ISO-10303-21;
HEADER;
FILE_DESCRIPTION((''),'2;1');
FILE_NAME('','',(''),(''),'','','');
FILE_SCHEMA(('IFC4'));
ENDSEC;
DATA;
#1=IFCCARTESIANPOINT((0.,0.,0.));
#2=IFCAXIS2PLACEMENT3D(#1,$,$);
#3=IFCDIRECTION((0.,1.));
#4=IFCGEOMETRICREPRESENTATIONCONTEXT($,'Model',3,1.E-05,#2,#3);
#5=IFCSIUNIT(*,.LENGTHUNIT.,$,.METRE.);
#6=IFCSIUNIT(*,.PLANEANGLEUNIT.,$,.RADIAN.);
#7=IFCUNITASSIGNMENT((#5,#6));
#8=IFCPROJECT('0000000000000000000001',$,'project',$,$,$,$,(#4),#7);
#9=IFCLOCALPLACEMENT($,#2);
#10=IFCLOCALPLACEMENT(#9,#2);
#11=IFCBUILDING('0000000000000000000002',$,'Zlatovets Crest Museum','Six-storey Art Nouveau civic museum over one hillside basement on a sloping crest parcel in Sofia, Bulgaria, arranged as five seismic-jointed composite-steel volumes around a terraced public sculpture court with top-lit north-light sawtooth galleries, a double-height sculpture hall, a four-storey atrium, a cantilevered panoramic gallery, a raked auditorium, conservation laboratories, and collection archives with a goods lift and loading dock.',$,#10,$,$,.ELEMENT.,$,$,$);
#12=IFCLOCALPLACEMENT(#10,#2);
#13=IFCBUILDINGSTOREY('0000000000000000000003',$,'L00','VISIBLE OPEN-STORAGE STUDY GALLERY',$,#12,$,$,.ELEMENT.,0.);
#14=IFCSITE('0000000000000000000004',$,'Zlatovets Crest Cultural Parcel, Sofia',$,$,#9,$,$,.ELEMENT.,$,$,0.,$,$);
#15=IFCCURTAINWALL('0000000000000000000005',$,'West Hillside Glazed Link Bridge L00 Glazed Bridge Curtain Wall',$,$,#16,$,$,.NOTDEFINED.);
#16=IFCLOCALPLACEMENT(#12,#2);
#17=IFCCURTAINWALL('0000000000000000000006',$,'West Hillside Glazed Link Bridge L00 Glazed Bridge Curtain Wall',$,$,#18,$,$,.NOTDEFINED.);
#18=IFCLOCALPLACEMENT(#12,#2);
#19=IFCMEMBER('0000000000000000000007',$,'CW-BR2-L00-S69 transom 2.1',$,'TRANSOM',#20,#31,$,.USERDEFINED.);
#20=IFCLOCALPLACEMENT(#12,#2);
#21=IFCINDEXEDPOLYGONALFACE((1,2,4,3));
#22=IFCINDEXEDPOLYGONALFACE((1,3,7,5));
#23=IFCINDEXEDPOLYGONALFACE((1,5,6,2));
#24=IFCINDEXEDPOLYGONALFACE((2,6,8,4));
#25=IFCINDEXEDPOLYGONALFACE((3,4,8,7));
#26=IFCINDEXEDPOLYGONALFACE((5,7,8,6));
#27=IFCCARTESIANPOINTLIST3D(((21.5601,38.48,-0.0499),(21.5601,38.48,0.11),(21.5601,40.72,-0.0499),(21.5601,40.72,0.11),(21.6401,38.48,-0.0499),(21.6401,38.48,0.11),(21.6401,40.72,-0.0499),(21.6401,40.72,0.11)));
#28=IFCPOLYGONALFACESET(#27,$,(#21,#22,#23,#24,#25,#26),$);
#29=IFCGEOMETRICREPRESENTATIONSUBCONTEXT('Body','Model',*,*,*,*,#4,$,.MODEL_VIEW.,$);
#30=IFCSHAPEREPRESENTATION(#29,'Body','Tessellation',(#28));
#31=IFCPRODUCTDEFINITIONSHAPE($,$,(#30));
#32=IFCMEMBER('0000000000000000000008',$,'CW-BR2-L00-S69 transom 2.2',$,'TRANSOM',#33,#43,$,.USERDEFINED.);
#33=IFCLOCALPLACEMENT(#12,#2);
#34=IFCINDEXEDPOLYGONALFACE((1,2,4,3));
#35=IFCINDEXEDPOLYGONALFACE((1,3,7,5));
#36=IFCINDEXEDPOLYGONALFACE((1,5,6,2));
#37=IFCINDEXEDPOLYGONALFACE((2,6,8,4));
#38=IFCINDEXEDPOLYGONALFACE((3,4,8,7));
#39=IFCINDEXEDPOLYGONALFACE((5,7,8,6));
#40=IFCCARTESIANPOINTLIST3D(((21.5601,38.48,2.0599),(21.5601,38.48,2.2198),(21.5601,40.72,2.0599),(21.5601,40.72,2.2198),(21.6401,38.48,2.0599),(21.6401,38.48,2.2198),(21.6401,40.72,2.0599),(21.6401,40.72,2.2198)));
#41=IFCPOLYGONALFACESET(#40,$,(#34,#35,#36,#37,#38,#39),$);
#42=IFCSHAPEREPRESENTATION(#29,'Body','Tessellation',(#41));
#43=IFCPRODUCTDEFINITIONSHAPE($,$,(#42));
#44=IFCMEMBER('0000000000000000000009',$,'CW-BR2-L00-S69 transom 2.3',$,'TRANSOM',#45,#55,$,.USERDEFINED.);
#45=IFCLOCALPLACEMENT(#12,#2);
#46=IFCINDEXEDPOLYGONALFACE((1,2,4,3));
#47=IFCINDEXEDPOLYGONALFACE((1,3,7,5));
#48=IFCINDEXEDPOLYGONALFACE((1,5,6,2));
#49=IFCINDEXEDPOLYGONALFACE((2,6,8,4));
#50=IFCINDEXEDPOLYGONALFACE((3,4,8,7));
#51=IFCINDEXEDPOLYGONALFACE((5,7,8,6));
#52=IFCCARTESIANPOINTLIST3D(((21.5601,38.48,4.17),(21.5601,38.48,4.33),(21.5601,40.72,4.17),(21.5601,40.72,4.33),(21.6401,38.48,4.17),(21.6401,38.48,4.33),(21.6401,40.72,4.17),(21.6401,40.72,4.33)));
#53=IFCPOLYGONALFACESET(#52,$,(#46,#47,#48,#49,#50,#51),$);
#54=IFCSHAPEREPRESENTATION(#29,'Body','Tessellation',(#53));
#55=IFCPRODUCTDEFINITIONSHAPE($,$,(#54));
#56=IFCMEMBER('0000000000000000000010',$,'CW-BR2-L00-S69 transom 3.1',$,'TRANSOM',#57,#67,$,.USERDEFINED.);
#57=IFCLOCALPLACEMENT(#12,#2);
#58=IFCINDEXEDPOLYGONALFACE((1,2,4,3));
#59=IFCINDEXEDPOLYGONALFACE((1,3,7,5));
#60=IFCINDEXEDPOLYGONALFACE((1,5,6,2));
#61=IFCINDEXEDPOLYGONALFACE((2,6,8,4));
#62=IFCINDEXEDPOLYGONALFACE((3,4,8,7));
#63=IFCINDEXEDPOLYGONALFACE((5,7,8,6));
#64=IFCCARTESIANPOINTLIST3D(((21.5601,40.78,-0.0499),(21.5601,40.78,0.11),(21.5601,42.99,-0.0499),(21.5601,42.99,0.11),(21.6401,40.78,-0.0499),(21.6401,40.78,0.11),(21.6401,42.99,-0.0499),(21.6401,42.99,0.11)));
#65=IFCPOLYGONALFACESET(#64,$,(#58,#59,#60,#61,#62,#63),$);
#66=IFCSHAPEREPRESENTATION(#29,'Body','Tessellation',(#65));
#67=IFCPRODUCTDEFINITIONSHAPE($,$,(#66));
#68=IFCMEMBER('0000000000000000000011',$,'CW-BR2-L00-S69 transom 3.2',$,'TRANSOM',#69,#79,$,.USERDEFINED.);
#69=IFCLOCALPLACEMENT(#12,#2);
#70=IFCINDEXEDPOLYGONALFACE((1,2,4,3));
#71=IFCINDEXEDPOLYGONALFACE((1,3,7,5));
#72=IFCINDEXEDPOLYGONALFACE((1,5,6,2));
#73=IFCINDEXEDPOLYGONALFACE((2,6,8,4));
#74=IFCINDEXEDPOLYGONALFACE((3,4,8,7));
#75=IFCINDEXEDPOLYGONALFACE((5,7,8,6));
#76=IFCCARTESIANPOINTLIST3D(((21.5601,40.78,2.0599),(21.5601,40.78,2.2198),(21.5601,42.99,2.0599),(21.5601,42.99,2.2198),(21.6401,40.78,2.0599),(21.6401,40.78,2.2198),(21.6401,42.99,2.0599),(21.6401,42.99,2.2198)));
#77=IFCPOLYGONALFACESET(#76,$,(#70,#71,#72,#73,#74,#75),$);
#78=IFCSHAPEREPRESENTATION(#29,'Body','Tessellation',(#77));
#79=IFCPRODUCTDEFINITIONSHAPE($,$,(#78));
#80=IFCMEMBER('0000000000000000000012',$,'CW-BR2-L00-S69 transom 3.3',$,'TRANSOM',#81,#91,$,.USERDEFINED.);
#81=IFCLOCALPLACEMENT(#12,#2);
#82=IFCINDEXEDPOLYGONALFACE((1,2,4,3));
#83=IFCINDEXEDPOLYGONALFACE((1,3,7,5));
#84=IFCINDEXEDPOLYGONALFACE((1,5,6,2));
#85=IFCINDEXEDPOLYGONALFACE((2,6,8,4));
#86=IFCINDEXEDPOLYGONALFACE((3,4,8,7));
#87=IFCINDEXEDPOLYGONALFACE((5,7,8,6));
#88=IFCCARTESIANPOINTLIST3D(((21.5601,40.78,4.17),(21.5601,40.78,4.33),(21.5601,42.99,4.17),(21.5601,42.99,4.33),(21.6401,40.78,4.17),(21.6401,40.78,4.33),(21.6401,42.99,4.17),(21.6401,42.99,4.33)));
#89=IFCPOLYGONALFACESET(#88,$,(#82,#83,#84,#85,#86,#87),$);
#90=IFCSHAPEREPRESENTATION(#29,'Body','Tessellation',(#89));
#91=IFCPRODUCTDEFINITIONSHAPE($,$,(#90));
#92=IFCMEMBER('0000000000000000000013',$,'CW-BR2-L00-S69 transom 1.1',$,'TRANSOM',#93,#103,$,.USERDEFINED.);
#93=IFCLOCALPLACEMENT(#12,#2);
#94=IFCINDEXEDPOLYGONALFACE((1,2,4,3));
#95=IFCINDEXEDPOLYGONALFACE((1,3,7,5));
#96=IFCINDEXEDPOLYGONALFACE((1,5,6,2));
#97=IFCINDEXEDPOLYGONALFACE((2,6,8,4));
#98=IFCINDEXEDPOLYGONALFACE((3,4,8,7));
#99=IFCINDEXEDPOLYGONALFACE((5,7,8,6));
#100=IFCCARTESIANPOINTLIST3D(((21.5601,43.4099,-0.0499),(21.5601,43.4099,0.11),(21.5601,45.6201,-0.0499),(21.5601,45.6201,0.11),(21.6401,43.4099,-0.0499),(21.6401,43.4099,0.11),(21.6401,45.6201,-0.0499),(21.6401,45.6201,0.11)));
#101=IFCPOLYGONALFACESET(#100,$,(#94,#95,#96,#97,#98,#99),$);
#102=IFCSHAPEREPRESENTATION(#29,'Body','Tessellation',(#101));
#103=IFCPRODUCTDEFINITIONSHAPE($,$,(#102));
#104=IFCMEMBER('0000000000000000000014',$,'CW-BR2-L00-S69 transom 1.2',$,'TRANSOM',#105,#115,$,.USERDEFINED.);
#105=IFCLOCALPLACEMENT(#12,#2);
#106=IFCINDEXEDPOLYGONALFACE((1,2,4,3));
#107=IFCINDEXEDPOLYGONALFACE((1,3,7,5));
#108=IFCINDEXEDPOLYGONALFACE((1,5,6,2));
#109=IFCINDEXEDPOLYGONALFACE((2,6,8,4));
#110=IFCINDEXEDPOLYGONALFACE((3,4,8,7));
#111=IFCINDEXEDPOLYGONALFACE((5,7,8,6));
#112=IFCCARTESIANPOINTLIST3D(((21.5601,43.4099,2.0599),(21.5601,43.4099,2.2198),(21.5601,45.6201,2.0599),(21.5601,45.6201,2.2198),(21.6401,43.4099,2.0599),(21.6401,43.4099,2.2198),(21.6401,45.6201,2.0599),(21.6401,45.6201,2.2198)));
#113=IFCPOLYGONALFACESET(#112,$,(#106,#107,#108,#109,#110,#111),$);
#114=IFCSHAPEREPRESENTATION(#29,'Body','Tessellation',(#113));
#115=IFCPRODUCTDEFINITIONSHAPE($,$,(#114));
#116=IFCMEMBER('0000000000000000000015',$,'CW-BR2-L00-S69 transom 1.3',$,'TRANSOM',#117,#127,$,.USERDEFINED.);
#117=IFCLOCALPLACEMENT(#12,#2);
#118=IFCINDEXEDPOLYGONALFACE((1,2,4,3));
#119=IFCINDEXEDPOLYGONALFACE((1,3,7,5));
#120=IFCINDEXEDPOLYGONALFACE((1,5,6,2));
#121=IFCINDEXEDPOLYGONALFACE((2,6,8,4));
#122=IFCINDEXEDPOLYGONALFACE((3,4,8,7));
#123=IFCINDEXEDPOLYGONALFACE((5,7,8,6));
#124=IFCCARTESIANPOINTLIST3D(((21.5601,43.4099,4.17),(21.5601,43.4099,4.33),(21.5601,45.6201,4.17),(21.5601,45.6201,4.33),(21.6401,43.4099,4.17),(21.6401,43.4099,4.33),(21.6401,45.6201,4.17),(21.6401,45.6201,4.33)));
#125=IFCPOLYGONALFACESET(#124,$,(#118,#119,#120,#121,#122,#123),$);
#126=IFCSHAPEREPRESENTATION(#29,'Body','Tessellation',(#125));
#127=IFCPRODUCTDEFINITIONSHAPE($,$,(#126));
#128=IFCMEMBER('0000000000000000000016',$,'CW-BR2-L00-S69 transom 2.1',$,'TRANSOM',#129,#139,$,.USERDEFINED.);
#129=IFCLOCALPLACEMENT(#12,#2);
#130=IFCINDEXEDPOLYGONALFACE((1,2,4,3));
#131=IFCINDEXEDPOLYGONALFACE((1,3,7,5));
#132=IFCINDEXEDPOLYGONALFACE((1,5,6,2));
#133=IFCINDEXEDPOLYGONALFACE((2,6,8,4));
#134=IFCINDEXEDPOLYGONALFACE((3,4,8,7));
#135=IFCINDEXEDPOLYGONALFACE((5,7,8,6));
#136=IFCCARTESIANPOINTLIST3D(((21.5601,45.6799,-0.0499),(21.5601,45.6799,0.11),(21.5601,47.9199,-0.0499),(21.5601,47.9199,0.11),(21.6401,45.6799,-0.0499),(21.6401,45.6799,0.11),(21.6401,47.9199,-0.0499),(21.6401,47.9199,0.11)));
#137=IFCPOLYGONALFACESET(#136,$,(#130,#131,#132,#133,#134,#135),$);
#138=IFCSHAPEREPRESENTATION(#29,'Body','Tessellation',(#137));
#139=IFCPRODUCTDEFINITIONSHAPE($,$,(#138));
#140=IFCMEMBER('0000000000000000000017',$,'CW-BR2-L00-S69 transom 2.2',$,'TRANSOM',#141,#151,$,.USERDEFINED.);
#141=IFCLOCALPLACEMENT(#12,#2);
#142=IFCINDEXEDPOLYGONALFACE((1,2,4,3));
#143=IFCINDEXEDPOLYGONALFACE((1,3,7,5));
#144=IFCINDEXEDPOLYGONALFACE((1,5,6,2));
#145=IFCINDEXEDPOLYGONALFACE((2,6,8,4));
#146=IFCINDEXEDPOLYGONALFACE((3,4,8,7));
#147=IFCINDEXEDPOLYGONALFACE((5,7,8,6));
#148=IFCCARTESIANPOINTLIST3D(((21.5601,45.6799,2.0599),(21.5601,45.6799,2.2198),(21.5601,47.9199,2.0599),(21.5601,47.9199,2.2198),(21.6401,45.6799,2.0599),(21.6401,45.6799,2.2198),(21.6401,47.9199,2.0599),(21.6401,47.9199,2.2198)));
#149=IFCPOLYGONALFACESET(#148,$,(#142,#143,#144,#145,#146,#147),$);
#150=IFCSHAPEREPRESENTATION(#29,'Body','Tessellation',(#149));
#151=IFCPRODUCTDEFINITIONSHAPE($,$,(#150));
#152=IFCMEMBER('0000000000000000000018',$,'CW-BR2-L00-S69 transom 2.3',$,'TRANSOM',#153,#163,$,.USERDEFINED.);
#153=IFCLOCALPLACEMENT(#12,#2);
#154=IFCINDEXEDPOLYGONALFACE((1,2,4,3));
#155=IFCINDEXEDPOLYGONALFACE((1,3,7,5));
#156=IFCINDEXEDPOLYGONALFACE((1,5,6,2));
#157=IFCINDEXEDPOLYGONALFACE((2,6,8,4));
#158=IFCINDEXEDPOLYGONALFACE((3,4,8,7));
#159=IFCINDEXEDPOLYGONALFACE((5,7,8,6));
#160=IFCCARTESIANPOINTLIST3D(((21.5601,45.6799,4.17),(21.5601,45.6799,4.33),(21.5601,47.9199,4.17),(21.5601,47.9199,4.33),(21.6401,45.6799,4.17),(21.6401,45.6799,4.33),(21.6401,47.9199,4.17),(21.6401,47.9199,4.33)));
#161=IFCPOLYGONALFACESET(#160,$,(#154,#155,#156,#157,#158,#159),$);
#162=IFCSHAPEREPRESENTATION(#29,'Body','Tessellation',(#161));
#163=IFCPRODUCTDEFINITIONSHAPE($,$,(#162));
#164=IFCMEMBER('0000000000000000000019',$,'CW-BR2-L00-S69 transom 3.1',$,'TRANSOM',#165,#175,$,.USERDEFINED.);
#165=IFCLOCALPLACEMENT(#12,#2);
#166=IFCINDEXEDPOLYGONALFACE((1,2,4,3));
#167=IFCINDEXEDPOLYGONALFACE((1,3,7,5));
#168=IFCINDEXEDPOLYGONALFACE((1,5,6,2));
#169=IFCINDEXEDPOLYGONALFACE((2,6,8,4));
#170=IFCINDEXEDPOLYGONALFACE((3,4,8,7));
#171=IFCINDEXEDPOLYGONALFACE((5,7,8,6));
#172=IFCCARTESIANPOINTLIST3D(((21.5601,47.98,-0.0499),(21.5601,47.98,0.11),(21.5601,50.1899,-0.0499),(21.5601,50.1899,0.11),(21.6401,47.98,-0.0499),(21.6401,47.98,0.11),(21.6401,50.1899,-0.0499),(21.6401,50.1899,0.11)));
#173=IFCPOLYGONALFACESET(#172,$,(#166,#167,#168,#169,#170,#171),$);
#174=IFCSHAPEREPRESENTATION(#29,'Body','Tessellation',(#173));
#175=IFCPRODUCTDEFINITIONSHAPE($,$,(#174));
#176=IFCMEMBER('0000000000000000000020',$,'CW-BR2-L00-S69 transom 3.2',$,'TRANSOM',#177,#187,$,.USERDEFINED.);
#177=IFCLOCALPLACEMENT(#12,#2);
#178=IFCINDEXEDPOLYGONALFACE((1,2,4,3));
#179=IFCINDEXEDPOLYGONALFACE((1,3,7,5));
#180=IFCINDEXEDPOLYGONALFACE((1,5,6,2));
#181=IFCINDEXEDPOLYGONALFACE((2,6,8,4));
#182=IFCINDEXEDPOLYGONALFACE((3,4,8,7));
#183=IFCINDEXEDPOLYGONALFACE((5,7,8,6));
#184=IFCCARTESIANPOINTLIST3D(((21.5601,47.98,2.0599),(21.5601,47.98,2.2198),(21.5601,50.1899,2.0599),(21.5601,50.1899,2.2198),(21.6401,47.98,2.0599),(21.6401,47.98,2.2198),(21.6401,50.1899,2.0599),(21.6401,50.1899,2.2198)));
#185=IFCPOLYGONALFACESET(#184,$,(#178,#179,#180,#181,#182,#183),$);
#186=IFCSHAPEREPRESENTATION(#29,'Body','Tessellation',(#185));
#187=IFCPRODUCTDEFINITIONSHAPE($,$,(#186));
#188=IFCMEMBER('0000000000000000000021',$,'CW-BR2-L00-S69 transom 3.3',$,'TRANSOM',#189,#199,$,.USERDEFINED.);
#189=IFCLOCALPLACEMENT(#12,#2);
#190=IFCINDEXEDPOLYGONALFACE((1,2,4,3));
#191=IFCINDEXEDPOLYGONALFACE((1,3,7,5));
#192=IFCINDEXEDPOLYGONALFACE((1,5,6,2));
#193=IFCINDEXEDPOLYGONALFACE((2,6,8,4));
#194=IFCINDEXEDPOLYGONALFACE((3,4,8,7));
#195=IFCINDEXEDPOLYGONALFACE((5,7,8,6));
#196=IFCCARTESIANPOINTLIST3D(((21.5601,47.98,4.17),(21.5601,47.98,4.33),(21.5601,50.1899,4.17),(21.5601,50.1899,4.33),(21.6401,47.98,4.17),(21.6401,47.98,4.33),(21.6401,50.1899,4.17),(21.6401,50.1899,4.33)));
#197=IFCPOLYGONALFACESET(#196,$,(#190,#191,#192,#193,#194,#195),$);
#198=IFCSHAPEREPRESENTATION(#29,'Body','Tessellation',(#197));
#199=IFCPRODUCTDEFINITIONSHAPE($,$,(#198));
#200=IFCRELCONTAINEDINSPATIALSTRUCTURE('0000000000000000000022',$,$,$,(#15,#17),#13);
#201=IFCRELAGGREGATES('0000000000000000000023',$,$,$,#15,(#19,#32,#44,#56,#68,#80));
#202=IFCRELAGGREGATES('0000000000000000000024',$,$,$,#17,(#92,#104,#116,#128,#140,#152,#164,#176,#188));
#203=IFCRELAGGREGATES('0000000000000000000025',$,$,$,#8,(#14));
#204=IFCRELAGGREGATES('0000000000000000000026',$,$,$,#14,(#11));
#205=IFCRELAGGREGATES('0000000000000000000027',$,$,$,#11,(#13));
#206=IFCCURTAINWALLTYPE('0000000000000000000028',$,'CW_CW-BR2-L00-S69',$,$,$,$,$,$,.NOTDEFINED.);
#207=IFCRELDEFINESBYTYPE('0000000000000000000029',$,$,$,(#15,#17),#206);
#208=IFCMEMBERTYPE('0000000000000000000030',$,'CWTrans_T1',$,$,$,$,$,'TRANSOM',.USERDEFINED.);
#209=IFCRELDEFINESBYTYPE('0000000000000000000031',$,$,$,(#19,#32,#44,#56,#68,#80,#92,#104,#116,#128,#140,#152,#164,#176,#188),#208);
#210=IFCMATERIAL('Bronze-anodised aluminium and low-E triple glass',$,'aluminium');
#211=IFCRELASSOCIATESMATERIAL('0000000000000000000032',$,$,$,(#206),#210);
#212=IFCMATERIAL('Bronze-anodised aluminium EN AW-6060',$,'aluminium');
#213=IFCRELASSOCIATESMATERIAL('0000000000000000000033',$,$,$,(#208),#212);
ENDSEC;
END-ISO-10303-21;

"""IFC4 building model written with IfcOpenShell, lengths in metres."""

from ifc_helpers import new_model, si_unit, direction, frame, origin, origin_2d, place, context, subcontext, project, spatial, rectangle, extrude, material, material_profile, profile_set, type_object, element, aggregate, save


model = new_model("IFC4")

# Units and contexts
model_context = context("Model", 3, precision=1e-05, world=origin(), true_north=direction((0.0, 1.0)))
body_context = subcontext(model_context, "Body", "Model", "MODEL_VIEW")
ifc_project = project(units=[si_unit("LENGTHUNIT", "METRE"), si_unit("PLANEANGLEUNIT", "RADIAN")], contexts=[model_context])

# Site, building, storey
site_placement = place(None, origin())
site = spatial("IfcSite", under=ifc_project, at=site_placement, Name="Zlatovets Crest Cultural Parcel, Sofia", CompositionType="ELEMENT", RefElevation=0.0)
building_placement = place(site_placement, origin())
building = spatial("IfcBuilding", under=site, at=building_placement, Name="Zlatovets Crest Museum", Description="Six-storey Art Nouveau civic museum over one hillside basement on a sloping crest parcel in Sofia, Bulgaria, arranged as five seismic-jointed composite-steel volumes around a terraced public sculpture court with top-lit north-light sawtooth galleries, a double-height sculpture hall, a four-storey atrium, a cantilevered panoramic gallery, a raked auditorium, conservation laboratories, and collection archives with a goods lift and loading dock.", CompositionType="ELEMENT")
storey_placement = place(building_placement, origin())
storey = spatial("IfcBuildingStorey", under=building, at=storey_placement, Name="L00", Description="VISIBLE OPEN-STORAGE STUDY GALLERY", CompositionType="ELEMENT", Elevation=0.0)

# Curtain walls
ifc_material_1 = material(Name="Bronze-anodised aluminium and low-E triple glass", Category="aluminium")
curtain_wall_type = type_object("IfcCurtainWallType", Name="CW_CW-BR2-L00-S69", PredefinedType="NOTDEFINED", material=ifc_material_1)
curtain_wall_1_placement = place(storey_placement, origin())
curtain_wall_1 = element("IfcCurtainWall", 1, at=curtain_wall_1_placement, inside=storey, type_object=curtain_wall_type, Name="West Hillside Glazed Link Bridge L00 Glazed Bridge Curtain Wall", PredefinedType="NOTDEFINED")
ifc_material_2 = material(Name="Bronze-anodised aluminium EN AW-6060", Category="aluminium")
curtain_wall_2_placement = place(storey_placement, origin())
curtain_wall_2 = element("IfcCurtainWall", 2, at=curtain_wall_2_placement, inside=storey, type_object=curtain_wall_type, Name="West Hillside Glazed Link Bridge L00 Glazed Bridge Curtain Wall", PredefinedType="NOTDEFINED")

# Members
ifc_material_profile_1 = material_profile(ifc_material_2, rectangle(XDim=0.0801, YDim=0.1599, at=origin_2d()), Name="ALU 80x160")
ifc_profile_set_1 = profile_set([ifc_material_profile_1], Name="Bronze-anodised aluminium EN AW-6060")
member_type_1 = type_object("IfcMemberType", Name="CWTrans_T1", ElementType="TRANSOM", PredefinedType="USERDEFINED", material=ifc_profile_set_1)
member_1_placement = place(storey_placement, frame((21.6001, 38.48, 0.03), z_axis=(0.0, 1.0, 0.0), x_axis=(-1.0, 0.0, 0.0)))
member_1 = element("IfcMember", 3, at=member_1_placement, type_object=member_type_1, Name="CW-BR2-L00-S69 transom 2.1", ObjectType="TRANSOM", PredefinedType="USERDEFINED", context=body_context, shape_type="SweptSolid", body=[
    extrude(rectangle(XDim=0.0801, YDim=0.1599, at=origin_2d()), origin(), (0.0, 0.0, 1.0), 2.24),
])
member_2_placement = place(storey_placement, frame((21.6001, 38.48, 2.1399), z_axis=(0.0, 1.0, 0.0), x_axis=(-1.0, 0.0, 0.0)))
member_2 = element("IfcMember", 4, at=member_2_placement, type_object=member_type_1, Name="CW-BR2-L00-S69 transom 2.2", ObjectType="TRANSOM", PredefinedType="USERDEFINED", context=body_context, shape_type="SweptSolid", body=[
    extrude(rectangle(XDim=0.0801, YDim=0.1599, at=origin_2d()), origin(), (0.0, 0.0, 1.0), 2.24),
])
member_3_placement = place(storey_placement, frame((21.6001, 38.48, 4.25), z_axis=(0.0, 1.0, 0.0), x_axis=(-1.0, 0.0, 0.0)))
member_3 = element("IfcMember", 5, at=member_3_placement, type_object=member_type_1, Name="CW-BR2-L00-S69 transom 2.3", ObjectType="TRANSOM", PredefinedType="USERDEFINED", context=body_context, shape_type="SweptSolid", body=[
    extrude(rectangle(XDim=0.0801, YDim=0.1599, at=origin_2d()), origin(), (0.0, 0.0, 1.0), 2.24),
])
member_4_placement = place(storey_placement, frame((21.6001, 40.78, 0.03), z_axis=(0.0, 1.0, 0.0), x_axis=(-1.0, 0.0, 0.0)))
member_4 = element("IfcMember", 6, at=member_4_placement, type_object=member_type_1, Name="CW-BR2-L00-S69 transom 3.1", ObjectType="TRANSOM", PredefinedType="USERDEFINED", context=body_context, shape_type="SweptSolid", body=[
    extrude(rectangle(XDim=0.0801, YDim=0.1599, at=origin_2d()), origin(), (0.0, 0.0, 1.0), 2.21),
])
member_5_placement = place(storey_placement, frame((21.6001, 40.78, 2.1399), z_axis=(0.0, 1.0, 0.0), x_axis=(-1.0, 0.0, 0.0)))
member_5 = element("IfcMember", 7, at=member_5_placement, type_object=member_type_1, Name="CW-BR2-L00-S69 transom 3.2", ObjectType="TRANSOM", PredefinedType="USERDEFINED", context=body_context, shape_type="SweptSolid", body=[
    extrude(rectangle(XDim=0.0801, YDim=0.1599, at=origin_2d()), origin(), (0.0, 0.0, 1.0), 2.21),
])
member_6_placement = place(storey_placement, frame((21.6001, 40.78, 4.25), z_axis=(0.0, 1.0, 0.0), x_axis=(-1.0, 0.0, 0.0)))
member_6 = element("IfcMember", 8, at=member_6_placement, type_object=member_type_1, Name="CW-BR2-L00-S69 transom 3.3", ObjectType="TRANSOM", PredefinedType="USERDEFINED", context=body_context, shape_type="SweptSolid", body=[
    extrude(rectangle(XDim=0.0801, YDim=0.1599, at=origin_2d()), origin(), (0.0, 0.0, 1.0), 2.21),
])
member_7_placement = place(storey_placement, frame((21.6001, 43.4099, 0.03), z_axis=(0.0, 1.0, 0.0), x_axis=(-1.0, 0.0, 0.0)))
member_7 = element("IfcMember", 9, at=member_7_placement, type_object=member_type_1, Name="CW-BR2-L00-S69 transom 1.1", ObjectType="TRANSOM", PredefinedType="USERDEFINED", context=body_context, shape_type="SweptSolid", body=[
    extrude(rectangle(XDim=0.0801, YDim=0.1599, at=origin_2d()), origin(), (0.0, 0.0, 1.0), 2.2102),
])
member_8_placement = place(storey_placement, frame((21.6001, 43.4099, 2.1399), z_axis=(0.0, 1.0, 0.0), x_axis=(-1.0, 0.0, 0.0)))
member_8 = element("IfcMember", 10, at=member_8_placement, type_object=member_type_1, Name="CW-BR2-L00-S69 transom 1.2", ObjectType="TRANSOM", PredefinedType="USERDEFINED", context=body_context, shape_type="SweptSolid", body=[
    extrude(rectangle(XDim=0.0801, YDim=0.1599, at=origin_2d()), origin(), (0.0, 0.0, 1.0), 2.2102),
])
member_9_placement = place(storey_placement, frame((21.6001, 43.4099, 4.25), z_axis=(0.0, 1.0, 0.0), x_axis=(-1.0, 0.0, 0.0)))
member_9 = element("IfcMember", 11, at=member_9_placement, type_object=member_type_1, Name="CW-BR2-L00-S69 transom 1.3", ObjectType="TRANSOM", PredefinedType="USERDEFINED", context=body_context, shape_type="SweptSolid", body=[
    extrude(rectangle(XDim=0.0801, YDim=0.1599, at=origin_2d()), origin(), (0.0, 0.0, 1.0), 2.2102),
])
member_10_placement = place(storey_placement, frame((21.6001, 45.6799, 0.03), z_axis=(0.0, 1.0, 0.0), x_axis=(-1.0, 0.0, 0.0)))
member_10 = element("IfcMember", 12, at=member_10_placement, type_object=member_type_1, Name="CW-BR2-L00-S69 transom 2.1", ObjectType="TRANSOM", PredefinedType="USERDEFINED", context=body_context, shape_type="SweptSolid", body=[
    extrude(rectangle(XDim=0.0801, YDim=0.1599, at=origin_2d()), origin(), (0.0, 0.0, 1.0), 2.24),
])
member_11_placement = place(storey_placement, frame((21.6001, 45.6799, 2.1399), z_axis=(0.0, 1.0, 0.0), x_axis=(-1.0, 0.0, 0.0)))
member_11 = element("IfcMember", 13, at=member_11_placement, type_object=member_type_1, Name="CW-BR2-L00-S69 transom 2.2", ObjectType="TRANSOM", PredefinedType="USERDEFINED", context=body_context, shape_type="SweptSolid", body=[
    extrude(rectangle(XDim=0.0801, YDim=0.1599, at=origin_2d()), origin(), (0.0, 0.0, 1.0), 2.24),
])
member_12_placement = place(storey_placement, frame((21.6001, 45.6799, 4.25), z_axis=(0.0, 1.0, 0.0), x_axis=(-1.0, 0.0, 0.0)))
member_12 = element("IfcMember", 14, at=member_12_placement, type_object=member_type_1, Name="CW-BR2-L00-S69 transom 2.3", ObjectType="TRANSOM", PredefinedType="USERDEFINED", context=body_context, shape_type="SweptSolid", body=[
    extrude(rectangle(XDim=0.0801, YDim=0.1599, at=origin_2d()), origin(), (0.0, 0.0, 1.0), 2.24),
])
member_13_placement = place(storey_placement, frame((21.6001, 47.98, 0.03), z_axis=(0.0, 1.0, 0.0), x_axis=(-1.0, 0.0, 0.0)))
member_13 = element("IfcMember", 15, at=member_13_placement, type_object=member_type_1, Name="CW-BR2-L00-S69 transom 3.1", ObjectType="TRANSOM", PredefinedType="USERDEFINED", context=body_context, shape_type="SweptSolid", body=[
    extrude(rectangle(XDim=0.0801, YDim=0.1599, at=origin_2d()), origin(), (0.0, 0.0, 1.0), 2.21),
])
member_14_placement = place(storey_placement, frame((21.6001, 47.98, 2.1399), z_axis=(0.0, 1.0, 0.0), x_axis=(-1.0, 0.0, 0.0)))
member_14 = element("IfcMember", 16, at=member_14_placement, type_object=member_type_1, Name="CW-BR2-L00-S69 transom 3.2", ObjectType="TRANSOM", PredefinedType="USERDEFINED", context=body_context, shape_type="SweptSolid", body=[
    extrude(rectangle(XDim=0.0801, YDim=0.1599, at=origin_2d()), origin(), (0.0, 0.0, 1.0), 2.21),
])
member_15_placement = place(storey_placement, frame((21.6001, 47.98, 4.25), z_axis=(0.0, 1.0, 0.0), x_axis=(-1.0, 0.0, 0.0)))
member_15 = element("IfcMember", 17, at=member_15_placement, type_object=member_type_1, Name="CW-BR2-L00-S69 transom 3.3", ObjectType="TRANSOM", PredefinedType="USERDEFINED", context=body_context, shape_type="SweptSolid", body=[
    extrude(rectangle(XDim=0.0801, YDim=0.1599, at=origin_2d()), origin(), (0.0, 0.0, 1.0), 2.21),
])

aggregate(curtain_wall_1, [member_1, member_2, member_3, member_4, member_5, member_6])
aggregate(curtain_wall_2, [member_7, member_8, member_9, member_10, member_11, member_12, member_13, member_14, member_15])

save(model, "model.ifc")
